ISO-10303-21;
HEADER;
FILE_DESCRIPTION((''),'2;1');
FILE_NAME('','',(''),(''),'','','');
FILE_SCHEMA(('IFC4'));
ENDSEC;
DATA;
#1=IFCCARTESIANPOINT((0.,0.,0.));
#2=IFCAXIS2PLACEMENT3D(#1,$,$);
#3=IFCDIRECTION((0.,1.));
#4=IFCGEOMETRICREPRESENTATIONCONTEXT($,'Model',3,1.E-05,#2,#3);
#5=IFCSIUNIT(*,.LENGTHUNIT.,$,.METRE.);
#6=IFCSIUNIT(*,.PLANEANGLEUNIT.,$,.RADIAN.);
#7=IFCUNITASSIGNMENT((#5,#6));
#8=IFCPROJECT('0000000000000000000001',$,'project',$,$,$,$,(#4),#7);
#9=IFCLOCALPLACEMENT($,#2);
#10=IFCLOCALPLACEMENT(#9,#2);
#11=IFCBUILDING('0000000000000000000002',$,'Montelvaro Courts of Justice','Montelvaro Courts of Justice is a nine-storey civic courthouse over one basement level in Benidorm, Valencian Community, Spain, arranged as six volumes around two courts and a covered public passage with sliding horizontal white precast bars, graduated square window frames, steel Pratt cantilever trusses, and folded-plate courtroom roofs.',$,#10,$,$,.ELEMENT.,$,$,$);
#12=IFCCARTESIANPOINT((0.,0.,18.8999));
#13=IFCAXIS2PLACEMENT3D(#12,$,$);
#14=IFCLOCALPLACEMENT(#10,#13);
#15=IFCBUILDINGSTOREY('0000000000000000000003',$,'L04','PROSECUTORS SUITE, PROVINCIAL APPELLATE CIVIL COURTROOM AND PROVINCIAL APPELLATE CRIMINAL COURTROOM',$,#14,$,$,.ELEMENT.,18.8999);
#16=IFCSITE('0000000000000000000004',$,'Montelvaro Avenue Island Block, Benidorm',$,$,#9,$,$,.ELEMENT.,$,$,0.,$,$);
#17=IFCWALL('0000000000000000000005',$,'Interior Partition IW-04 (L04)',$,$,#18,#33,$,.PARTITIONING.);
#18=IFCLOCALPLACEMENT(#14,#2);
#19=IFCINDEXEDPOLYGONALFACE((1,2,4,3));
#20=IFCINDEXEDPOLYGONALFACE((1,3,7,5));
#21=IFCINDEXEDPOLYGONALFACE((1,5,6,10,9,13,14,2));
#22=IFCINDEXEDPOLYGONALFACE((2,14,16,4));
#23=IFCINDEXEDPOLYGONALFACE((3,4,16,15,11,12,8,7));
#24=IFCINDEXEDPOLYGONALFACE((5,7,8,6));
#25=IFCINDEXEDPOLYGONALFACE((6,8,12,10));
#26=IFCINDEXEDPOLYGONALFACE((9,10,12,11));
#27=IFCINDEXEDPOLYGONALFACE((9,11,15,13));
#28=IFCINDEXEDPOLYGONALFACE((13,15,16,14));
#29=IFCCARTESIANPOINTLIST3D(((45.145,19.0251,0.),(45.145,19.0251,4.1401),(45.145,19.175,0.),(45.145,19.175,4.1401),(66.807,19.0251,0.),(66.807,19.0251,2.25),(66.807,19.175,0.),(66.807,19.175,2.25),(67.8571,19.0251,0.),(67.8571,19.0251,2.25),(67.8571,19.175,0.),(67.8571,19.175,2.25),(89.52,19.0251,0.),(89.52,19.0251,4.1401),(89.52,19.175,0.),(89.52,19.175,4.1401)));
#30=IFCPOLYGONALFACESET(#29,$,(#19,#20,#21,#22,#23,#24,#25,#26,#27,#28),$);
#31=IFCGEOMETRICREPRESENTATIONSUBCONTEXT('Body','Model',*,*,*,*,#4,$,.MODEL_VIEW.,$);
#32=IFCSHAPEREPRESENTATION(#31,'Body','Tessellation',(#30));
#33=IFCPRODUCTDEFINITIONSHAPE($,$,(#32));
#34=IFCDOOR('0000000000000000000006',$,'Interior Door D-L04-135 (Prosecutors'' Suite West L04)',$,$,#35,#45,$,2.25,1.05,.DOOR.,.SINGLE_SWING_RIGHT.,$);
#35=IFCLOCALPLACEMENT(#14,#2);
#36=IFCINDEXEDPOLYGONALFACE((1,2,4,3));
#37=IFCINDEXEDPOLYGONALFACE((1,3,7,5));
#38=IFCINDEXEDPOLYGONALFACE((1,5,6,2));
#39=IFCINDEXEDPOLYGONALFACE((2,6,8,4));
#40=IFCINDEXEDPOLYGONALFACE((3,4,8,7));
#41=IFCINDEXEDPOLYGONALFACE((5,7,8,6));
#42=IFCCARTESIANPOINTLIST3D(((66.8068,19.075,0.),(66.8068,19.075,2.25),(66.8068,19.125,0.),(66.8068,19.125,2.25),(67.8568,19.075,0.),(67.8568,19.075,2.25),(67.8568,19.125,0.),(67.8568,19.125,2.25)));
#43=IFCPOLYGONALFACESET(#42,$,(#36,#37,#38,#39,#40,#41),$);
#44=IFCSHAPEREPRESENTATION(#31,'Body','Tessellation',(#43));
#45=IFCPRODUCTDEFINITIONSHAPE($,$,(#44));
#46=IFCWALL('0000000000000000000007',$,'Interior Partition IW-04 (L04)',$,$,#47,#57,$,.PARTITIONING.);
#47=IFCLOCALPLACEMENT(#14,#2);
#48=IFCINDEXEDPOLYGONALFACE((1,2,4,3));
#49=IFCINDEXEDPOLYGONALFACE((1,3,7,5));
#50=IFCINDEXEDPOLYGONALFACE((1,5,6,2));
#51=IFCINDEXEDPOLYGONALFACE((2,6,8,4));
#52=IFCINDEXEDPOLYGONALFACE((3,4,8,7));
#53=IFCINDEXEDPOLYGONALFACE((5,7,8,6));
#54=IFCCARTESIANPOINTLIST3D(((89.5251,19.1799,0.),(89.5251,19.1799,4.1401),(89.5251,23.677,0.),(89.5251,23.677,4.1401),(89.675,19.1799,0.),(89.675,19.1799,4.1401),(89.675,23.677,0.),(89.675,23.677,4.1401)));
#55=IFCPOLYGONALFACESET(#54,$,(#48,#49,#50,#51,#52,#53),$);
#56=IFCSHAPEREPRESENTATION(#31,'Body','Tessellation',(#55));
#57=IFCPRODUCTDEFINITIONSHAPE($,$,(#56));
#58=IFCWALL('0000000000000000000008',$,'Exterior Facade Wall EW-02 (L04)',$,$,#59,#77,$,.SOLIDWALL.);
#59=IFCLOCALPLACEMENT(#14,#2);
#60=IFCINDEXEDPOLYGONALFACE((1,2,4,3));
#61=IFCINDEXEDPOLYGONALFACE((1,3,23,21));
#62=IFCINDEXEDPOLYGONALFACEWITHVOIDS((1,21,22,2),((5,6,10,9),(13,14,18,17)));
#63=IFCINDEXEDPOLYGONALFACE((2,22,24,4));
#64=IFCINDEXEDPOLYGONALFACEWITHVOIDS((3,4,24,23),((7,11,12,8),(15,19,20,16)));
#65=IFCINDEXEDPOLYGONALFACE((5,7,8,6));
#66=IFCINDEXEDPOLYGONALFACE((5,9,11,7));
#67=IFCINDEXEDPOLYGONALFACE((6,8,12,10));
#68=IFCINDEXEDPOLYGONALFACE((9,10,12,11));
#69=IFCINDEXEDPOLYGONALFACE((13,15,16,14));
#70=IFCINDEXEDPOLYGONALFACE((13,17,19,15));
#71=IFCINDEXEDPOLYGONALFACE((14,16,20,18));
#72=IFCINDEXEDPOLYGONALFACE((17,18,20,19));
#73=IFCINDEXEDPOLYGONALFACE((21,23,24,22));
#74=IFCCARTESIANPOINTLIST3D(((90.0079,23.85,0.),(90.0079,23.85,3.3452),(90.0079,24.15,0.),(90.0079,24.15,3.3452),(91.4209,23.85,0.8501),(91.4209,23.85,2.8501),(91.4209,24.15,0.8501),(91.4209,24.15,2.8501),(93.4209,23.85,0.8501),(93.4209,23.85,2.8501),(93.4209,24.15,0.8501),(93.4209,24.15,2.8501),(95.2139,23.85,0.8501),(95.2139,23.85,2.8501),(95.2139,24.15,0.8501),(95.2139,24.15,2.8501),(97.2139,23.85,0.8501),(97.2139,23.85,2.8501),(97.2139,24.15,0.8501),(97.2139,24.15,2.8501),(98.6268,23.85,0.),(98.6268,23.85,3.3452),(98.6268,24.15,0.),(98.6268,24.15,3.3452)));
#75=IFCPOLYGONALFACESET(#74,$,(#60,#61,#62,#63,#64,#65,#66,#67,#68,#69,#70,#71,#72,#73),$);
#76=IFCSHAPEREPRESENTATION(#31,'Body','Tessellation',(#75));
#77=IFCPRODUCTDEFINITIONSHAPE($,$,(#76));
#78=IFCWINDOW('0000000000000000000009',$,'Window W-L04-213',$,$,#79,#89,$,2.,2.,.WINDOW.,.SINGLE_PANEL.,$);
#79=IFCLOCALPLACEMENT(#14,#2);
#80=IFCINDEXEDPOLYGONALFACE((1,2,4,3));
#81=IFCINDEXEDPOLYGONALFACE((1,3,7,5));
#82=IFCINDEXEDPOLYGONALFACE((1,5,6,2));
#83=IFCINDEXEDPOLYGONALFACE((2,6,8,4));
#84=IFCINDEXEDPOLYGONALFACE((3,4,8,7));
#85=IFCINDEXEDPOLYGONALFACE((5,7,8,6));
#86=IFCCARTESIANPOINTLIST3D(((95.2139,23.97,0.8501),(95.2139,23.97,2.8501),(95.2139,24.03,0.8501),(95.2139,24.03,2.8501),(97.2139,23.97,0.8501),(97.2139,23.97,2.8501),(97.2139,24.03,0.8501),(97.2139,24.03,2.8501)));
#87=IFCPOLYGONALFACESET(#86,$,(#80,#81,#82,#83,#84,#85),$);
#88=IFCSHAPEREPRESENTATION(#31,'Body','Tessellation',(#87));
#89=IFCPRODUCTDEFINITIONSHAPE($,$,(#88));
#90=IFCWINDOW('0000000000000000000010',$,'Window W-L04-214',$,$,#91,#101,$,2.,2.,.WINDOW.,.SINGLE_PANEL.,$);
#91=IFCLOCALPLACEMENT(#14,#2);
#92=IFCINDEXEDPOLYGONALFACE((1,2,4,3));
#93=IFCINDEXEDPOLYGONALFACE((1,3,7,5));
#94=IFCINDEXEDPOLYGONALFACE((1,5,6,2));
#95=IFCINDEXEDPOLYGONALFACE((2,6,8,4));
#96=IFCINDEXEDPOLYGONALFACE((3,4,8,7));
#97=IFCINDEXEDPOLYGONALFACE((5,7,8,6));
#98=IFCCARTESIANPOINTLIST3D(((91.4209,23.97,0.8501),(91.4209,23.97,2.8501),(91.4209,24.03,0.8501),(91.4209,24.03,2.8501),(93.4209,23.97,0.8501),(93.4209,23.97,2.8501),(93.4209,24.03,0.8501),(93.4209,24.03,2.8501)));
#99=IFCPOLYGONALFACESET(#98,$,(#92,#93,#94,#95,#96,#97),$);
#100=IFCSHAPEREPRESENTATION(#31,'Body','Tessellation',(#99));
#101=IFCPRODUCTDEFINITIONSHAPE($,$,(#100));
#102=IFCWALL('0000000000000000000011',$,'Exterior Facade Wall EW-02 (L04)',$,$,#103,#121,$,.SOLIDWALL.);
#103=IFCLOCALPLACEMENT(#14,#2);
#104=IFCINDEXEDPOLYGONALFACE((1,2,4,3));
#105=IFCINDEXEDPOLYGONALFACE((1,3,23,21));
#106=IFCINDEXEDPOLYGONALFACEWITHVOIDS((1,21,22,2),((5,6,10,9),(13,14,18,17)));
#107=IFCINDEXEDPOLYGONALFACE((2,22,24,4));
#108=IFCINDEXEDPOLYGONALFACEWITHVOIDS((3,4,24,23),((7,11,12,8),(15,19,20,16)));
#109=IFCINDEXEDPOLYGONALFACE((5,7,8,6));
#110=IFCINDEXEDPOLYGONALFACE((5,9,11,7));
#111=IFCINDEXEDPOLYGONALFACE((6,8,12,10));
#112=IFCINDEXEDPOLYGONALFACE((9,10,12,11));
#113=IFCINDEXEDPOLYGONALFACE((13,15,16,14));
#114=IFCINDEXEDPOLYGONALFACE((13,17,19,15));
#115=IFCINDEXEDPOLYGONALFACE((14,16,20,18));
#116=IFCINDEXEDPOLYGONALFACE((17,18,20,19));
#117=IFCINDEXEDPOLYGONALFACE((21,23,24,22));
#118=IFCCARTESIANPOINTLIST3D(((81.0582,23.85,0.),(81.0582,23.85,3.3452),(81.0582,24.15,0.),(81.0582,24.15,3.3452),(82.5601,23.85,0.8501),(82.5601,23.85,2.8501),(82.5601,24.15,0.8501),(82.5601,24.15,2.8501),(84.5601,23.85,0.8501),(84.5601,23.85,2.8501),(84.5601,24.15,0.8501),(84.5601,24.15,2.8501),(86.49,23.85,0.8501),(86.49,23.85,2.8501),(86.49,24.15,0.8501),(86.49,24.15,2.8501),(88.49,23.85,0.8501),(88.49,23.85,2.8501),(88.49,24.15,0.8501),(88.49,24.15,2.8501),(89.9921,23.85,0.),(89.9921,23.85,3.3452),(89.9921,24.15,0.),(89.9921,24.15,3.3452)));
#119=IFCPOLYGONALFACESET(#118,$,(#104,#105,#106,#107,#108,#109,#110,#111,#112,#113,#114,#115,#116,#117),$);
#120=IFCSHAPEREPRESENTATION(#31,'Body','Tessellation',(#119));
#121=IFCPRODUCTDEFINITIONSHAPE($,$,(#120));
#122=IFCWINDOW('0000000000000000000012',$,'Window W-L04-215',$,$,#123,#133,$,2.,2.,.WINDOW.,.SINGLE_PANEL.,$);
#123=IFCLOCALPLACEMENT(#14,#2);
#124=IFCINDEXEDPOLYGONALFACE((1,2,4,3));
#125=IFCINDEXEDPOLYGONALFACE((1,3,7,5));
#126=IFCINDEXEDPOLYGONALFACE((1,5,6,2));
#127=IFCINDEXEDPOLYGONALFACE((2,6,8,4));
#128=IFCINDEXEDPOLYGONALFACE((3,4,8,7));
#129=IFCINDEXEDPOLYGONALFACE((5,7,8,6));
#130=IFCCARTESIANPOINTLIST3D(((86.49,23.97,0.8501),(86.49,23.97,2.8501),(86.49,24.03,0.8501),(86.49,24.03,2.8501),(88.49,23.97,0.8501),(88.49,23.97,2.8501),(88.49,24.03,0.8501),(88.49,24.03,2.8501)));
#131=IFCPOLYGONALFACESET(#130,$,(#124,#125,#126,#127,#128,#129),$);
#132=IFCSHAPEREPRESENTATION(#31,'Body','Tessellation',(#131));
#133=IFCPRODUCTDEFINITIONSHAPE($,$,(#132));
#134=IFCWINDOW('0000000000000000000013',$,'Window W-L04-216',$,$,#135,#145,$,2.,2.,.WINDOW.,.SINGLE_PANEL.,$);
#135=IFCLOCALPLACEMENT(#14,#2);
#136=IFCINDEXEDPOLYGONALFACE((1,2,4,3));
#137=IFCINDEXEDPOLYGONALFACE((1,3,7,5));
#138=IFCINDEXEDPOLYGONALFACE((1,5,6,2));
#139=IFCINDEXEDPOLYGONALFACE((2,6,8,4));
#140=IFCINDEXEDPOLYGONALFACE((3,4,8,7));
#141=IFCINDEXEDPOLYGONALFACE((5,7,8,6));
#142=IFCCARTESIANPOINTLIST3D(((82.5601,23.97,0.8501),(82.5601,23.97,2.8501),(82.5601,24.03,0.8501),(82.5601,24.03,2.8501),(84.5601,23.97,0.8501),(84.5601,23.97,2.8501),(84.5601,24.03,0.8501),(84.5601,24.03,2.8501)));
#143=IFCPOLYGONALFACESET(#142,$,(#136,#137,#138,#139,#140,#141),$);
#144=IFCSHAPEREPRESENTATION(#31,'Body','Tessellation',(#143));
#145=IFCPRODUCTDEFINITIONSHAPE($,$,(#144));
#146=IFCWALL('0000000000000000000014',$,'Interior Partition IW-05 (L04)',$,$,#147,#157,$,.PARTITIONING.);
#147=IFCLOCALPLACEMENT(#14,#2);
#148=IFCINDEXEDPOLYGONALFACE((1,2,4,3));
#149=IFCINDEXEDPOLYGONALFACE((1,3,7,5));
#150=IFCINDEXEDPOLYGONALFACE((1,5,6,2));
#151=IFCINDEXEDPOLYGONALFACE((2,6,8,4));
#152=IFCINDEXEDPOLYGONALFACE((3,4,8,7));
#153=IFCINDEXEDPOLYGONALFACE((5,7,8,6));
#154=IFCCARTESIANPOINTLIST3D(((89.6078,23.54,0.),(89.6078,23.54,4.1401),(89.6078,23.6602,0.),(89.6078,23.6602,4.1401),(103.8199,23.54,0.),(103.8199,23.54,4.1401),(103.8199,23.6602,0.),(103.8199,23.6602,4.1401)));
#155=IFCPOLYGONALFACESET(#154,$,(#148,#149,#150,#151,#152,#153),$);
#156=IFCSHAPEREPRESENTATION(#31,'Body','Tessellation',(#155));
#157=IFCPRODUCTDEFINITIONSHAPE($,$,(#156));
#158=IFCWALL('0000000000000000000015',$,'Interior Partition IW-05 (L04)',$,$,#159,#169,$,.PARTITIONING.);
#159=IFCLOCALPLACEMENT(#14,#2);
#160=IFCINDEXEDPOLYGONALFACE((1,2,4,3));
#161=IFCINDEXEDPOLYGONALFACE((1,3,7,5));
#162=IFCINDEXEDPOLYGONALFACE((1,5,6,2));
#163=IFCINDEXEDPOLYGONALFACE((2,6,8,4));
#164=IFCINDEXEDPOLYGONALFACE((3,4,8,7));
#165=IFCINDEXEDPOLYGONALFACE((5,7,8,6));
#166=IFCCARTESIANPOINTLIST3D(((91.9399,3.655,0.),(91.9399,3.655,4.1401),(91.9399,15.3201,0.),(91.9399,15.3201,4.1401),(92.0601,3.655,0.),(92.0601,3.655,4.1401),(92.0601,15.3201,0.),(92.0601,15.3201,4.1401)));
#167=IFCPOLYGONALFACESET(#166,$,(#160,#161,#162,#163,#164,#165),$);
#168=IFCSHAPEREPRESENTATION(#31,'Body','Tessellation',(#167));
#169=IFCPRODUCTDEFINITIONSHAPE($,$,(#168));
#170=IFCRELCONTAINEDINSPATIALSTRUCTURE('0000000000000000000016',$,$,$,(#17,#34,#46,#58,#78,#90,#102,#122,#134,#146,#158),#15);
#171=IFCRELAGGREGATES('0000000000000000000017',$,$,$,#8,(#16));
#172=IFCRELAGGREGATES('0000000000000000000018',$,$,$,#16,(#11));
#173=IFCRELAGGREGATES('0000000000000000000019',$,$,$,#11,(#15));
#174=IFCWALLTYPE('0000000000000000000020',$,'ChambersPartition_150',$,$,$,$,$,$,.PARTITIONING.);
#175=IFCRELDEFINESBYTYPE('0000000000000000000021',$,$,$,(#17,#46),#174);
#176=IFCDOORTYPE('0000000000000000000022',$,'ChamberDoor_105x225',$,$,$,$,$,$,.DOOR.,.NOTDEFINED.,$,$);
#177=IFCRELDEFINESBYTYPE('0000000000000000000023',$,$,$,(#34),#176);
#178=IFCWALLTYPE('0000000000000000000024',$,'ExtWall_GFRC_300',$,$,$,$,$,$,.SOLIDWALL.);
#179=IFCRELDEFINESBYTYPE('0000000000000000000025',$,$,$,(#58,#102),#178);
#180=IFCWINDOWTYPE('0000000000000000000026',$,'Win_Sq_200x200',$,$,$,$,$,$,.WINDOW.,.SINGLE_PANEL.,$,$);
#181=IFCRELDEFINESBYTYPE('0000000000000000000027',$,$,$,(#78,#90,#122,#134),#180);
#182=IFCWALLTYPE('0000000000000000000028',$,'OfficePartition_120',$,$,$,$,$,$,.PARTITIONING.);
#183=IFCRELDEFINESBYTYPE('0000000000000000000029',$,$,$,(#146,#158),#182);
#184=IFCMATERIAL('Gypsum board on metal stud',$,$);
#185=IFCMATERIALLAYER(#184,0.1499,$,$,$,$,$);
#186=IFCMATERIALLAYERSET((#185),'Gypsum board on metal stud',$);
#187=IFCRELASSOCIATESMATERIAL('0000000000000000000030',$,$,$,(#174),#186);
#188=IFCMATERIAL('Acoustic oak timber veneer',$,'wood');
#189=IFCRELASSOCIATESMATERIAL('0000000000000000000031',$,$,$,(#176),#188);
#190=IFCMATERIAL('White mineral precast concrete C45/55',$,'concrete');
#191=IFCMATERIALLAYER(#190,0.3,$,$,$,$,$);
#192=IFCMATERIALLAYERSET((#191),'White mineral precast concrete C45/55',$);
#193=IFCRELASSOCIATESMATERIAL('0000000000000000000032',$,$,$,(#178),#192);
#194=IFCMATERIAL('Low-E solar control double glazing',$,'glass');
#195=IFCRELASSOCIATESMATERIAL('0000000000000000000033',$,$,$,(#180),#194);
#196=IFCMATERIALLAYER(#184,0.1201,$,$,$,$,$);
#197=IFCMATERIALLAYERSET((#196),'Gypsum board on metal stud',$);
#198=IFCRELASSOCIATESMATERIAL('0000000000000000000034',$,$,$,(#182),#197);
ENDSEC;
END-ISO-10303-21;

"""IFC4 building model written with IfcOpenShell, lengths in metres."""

from ifc_helpers import new_model, si_unit, direction, frame, frame_2d, origin, place, context, subcontext, project, spatial, rectangle, extrude, material, layer, layer_set, type_object, element, fill, save


model = new_model("IFC4")

# Units and contexts
model_context = context("Model", 3, precision=1e-05, world=origin(), true_north=direction((0.0, 1.0)))
body_context = subcontext(model_context, "Body", "Model", "MODEL_VIEW")
ifc_project = project(units=[si_unit("LENGTHUNIT", "METRE"), si_unit("PLANEANGLEUNIT", "RADIAN")], contexts=[model_context])

# Site, building, storey
site_placement = place(None, origin())
site = spatial("IfcSite", under=ifc_project, at=site_placement, Name="Montelvaro Avenue Island Block, Benidorm", CompositionType="ELEMENT", RefElevation=0.0)
building_placement = place(site_placement, origin())
building = spatial("IfcBuilding", under=site, at=building_placement, Name="Montelvaro Courts of Justice", Description="Montelvaro Courts of Justice is a nine-storey civic courthouse over one basement level in Benidorm, Valencian Community, Spain, arranged as six volumes around two courts and a covered public passage with sliding horizontal white precast bars, graduated square window frames, steel Pratt cantilever trusses, and folded-plate courtroom roofs.", CompositionType="ELEMENT")
storey_placement = place(building_placement, frame((0.0, 0.0, 18.8999)))
storey = spatial("IfcBuildingStorey", under=building, at=storey_placement, Name="L04", Description="PROSECUTORS SUITE, PROVINCIAL APPELLATE CIVIL COURTROOM AND PROVINCIAL APPELLATE CRIMINAL COURTROOM", CompositionType="ELEMENT", Elevation=18.8999)

# Wall, opening, door
ifc_material_1 = material(Name="Gypsum board on metal stud")
ifc_layer_1 = layer(ifc_material_1, 0.1499)
ifc_layer_set_1 = layer_set([ifc_layer_1], Name="Gypsum board on metal stud")
wall_type_1 = type_object("IfcWallType", Name="ChambersPartition_150", PredefinedType="PARTITIONING", material=ifc_layer_set_1)
wall_1_placement = place(storey_placement, frame((89.52, 19.1001, 0.0), z_axis=(0.0, 0.0, 1.0), x_axis=(-1.0, 0.0, 0.0)))
wall_1 = element("IfcWall", 1, at=wall_1_placement, inside=storey, type_object=wall_type_1, Name="Interior Partition IW-04 (L04)", PredefinedType="PARTITIONING", context=body_context, shape_type="SweptSolid", body=[
    extrude(rectangle(XDim=44.375, YDim=0.1499, at=frame_2d((22.1875, 0.0))), origin(), (0.0, 0.0, 1.0), 4.1401),
])
opening_1_placement = place(wall_1_placement, frame((21.6631, 0.0, 0.0)))
opening_1 = element("IfcOpeningElement", 2, at=opening_1_placement, cuts=wall_1, PredefinedType="OPENING", context=body_context, shape_type="SweptSolid", body=[
    extrude(rectangle(XDim=1.05, YDim=2.25, at=frame_2d((0.5249, 1.125))), frame((0.0, 0.0898, 0.0), z_axis=(0.0, -1.0, 0.0), x_axis=(1.0, 0.0, 0.0)), (0.0, 0.0, 1.0), 0.1797),
])
ifc_material_2 = material(Name="Acoustic oak timber veneer", Category="wood")
door_type_1 = type_object("IfcDoorType", Name="ChamberDoor_105x225", OperationType="NOTDEFINED", PredefinedType="DOOR", material=ifc_material_2)
door_1_placement = place(opening_1_placement, frame((1.05, 0.0, 0.0), z_axis=(0.0, 0.0, 1.0), x_axis=(-1.0, 0.0, 0.0)))
door_1 = element("IfcDoor", 3, at=door_1_placement, inside=storey, type_object=door_type_1, Name="Interior Door D-L04-135 (Prosecutors' Suite West L04)", OperationType="SINGLE_SWING_RIGHT", OverallHeight=2.25, OverallWidth=1.05, PredefinedType="DOOR", context=body_context, shape_type="SweptSolid", body=[
    extrude(rectangle(XDim=1.05, YDim=2.25, at=frame_2d((0.5249, 1.125))), frame((0.0, 0.0249, 0.0), z_axis=(0.0, -1.0, 0.0), x_axis=(1.0, 0.0, 0.0)), (0.0, 0.0, 1.0), 0.05),
])
fill(opening_1, door_1)

# Wall
wall_2_placement = place(storey_placement, frame((89.6001, 23.677, 0.0), z_axis=(0.0, 0.0, 1.0), x_axis=(0.0, -1.0, 0.0)))
element("IfcWall", 4, at=wall_2_placement, inside=storey, type_object=wall_type_1, Name="Interior Partition IW-04 (L04)", PredefinedType="PARTITIONING", context=body_context, shape_type="SweptSolid", body=[
    extrude(rectangle(XDim=4.4971, YDim=0.1499, at=frame_2d((2.2485, 0.0))), origin(), (0.0, 0.0, 1.0), 4.1401),
])

# Walls, openings, windows
ifc_material_3 = material(Name="White mineral precast concrete C45/55", Category="concrete")
ifc_layer_2 = layer(ifc_material_3, 0.3)
ifc_layer_set_2 = layer_set([ifc_layer_2], Name="White mineral precast concrete C45/55")
wall_type_2 = type_object("IfcWallType", Name="ExtWall_GFRC_300", PredefinedType="SOLIDWALL", material=ifc_layer_set_2)
wall_3_placement = place(storey_placement, frame((98.627, 24.0, 0.0), z_axis=(0.0, 0.0, 1.0), x_axis=(-1.0, 0.0, 0.0)))
wall_3 = element("IfcWall", 5, at=wall_3_placement, inside=storey, type_object=wall_type_2, Name="Exterior Facade Wall EW-02 (L04)", PredefinedType="SOLIDWALL", context=body_context, shape_type="SweptSolid", body=[
    extrude(rectangle(XDim=8.6189, YDim=0.3, at=frame_2d((4.3096, 0.0))), origin(), (0.0, 0.0, 1.0), 3.3452),
])
opening_2_placement = place(wall_3_placement, frame((1.4131, 0.0, 0.8501)))
opening_2 = element("IfcOpeningElement", 6, at=opening_2_placement, cuts=wall_3, PredefinedType="OPENING", context=body_context, shape_type="SweptSolid", body=[
    extrude(rectangle(XDim=2.0, YDim=2.0, at=frame_2d((1.0, 1.0))), frame((0.0, 0.165, 0.0), z_axis=(0.0, -1.0, 0.0), x_axis=(1.0, 0.0, 0.0)), (0.0, 0.0, 1.0), 0.3298),
])
opening_3_placement = place(wall_3_placement, frame((5.2061, 0.0, 0.8501)))
opening_3 = element("IfcOpeningElement", 7, at=opening_3_placement, cuts=wall_3, PredefinedType="OPENING", context=body_context, shape_type="SweptSolid", body=[
    extrude(rectangle(XDim=2.0, YDim=2.0, at=frame_2d((1.0, 1.0))), frame((0.0, 0.165, 0.0), z_axis=(0.0, -1.0, 0.0), x_axis=(1.0, 0.0, 0.0)), (0.0, 0.0, 1.0), 0.3298),
])
ifc_material_4 = material(Name="Low-E solar control double glazing", Category="glass")
window_type = type_object("IfcWindowType", Name="Win_Sq_200x200", PartitioningType="SINGLE_PANEL", PredefinedType="WINDOW", material=ifc_material_4)
window_1_placement = place(opening_2_placement, origin())
window_1 = element("IfcWindow", 8, at=window_1_placement, inside=storey, type_object=window_type, Name="Window W-L04-213", OverallHeight=2.0, OverallWidth=2.0, PartitioningType="SINGLE_PANEL", PredefinedType="WINDOW", context=body_context, shape_type="SweptSolid", body=[
    extrude(rectangle(XDim=2.0, YDim=2.0, at=frame_2d((1.0, 1.0))), frame((0.0, 0.03, 0.0), z_axis=(0.0, -1.0, 0.0), x_axis=(1.0, 0.0, 0.0)), (0.0, 0.0, 1.0), 0.0601),
])
fill(opening_2, window_1)
window_2_placement = place(opening_3_placement, origin())
window_2 = element("IfcWindow", 9, at=window_2_placement, inside=storey, type_object=window_type, Name="Window W-L04-214", OverallHeight=2.0, OverallWidth=2.0, PartitioningType="SINGLE_PANEL", PredefinedType="WINDOW", context=body_context, shape_type="SweptSolid", body=[
    extrude(rectangle(XDim=2.0, YDim=2.0, at=frame_2d((1.0, 1.0))), frame((0.0, 0.03, 0.0), z_axis=(0.0, -1.0, 0.0), x_axis=(1.0, 0.0, 0.0)), (0.0, 0.0, 1.0), 0.0601),
])
fill(opening_3, window_2)
wall_4_placement = place(storey_placement, frame((89.9919, 24.0, 0.0), z_axis=(0.0, 0.0, 1.0), x_axis=(-1.0, 0.0, 0.0)))
wall_4 = element("IfcWall", 10, at=wall_4_placement, inside=storey, type_object=wall_type_2, Name="Exterior Facade Wall EW-02 (L04)", PredefinedType="SOLIDWALL", context=body_context, shape_type="SweptSolid", body=[
    extrude(rectangle(XDim=8.9338, YDim=0.3, at=frame_2d((4.4668, 0.0))), origin(), (0.0, 0.0, 1.0), 3.3452),
])
opening_4_placement = place(wall_4_placement, frame((1.502, 0.0, 0.8501)))
opening_4 = element("IfcOpeningElement", 11, at=opening_4_placement, cuts=wall_4, PredefinedType="OPENING", context=body_context, shape_type="SweptSolid", body=[
    extrude(rectangle(XDim=2.0, YDim=2.0, at=frame_2d((1.0, 1.0))), frame((0.0, 0.165, 0.0), z_axis=(0.0, -1.0, 0.0), x_axis=(1.0, 0.0, 0.0)), (0.0, 0.0, 1.0), 0.3298),
])
opening_5_placement = place(wall_4_placement, frame((5.4319, 0.0, 0.8501)))
opening_5 = element("IfcOpeningElement", 12, at=opening_5_placement, cuts=wall_4, PredefinedType="OPENING", context=body_context, shape_type="SweptSolid", body=[
    extrude(rectangle(XDim=2.0, YDim=2.0, at=frame_2d((1.0, 1.0))), frame((0.0, 0.165, 0.0), z_axis=(0.0, -1.0, 0.0), x_axis=(1.0, 0.0, 0.0)), (0.0, 0.0, 1.0), 0.3298),
])
window_3_placement = place(opening_4_placement, origin())
window_3 = element("IfcWindow", 13, at=window_3_placement, inside=storey, type_object=window_type, Name="Window W-L04-215", OverallHeight=2.0, OverallWidth=2.0, PartitioningType="SINGLE_PANEL", PredefinedType="WINDOW", context=body_context, shape_type="SweptSolid", body=[
    extrude(rectangle(XDim=2.0, YDim=2.0, at=frame_2d((1.0, 1.0))), frame((0.0, 0.03, 0.0), z_axis=(0.0, -1.0, 0.0), x_axis=(1.0, 0.0, 0.0)), (0.0, 0.0, 1.0), 0.0601),
])
fill(opening_4, window_3)
window_4_placement = place(opening_5_placement, origin())
window_4 = element("IfcWindow", 14, at=window_4_placement, inside=storey, type_object=window_type, Name="Window W-L04-216", OverallHeight=2.0, OverallWidth=2.0, PartitioningType="SINGLE_PANEL", PredefinedType="WINDOW", context=body_context, shape_type="SweptSolid", body=[
    extrude(rectangle(XDim=2.0, YDim=2.0, at=frame_2d((1.0, 1.0))), frame((0.0, 0.03, 0.0), z_axis=(0.0, -1.0, 0.0), x_axis=(1.0, 0.0, 0.0)), (0.0, 0.0, 1.0), 0.0601),
])
fill(opening_5, window_4)

# Walls
ifc_layer_3 = layer(ifc_material_1, 0.1201)
ifc_layer_set_3 = layer_set([ifc_layer_3], Name="Gypsum board on metal stud")
wall_type_3 = type_object("IfcWallType", Name="OfficePartition_120", PredefinedType="PARTITIONING", material=ifc_layer_set_3)
wall_5_placement = place(storey_placement, frame((89.6079, 23.6001, 0.0), z_axis=(0.0, 0.0, 1.0), x_axis=(1.0, 0.0, 0.0)))
element("IfcWall", 15, at=wall_5_placement, inside=storey, type_object=wall_type_3, Name="Interior Partition IW-05 (L04)", PredefinedType="PARTITIONING", context=body_context, shape_type="SweptSolid", body=[
    extrude(rectangle(XDim=14.2122, YDim=0.1201, at=frame_2d((7.106, 0.0))), origin(), (0.0, 0.0, 1.0), 4.1401),
])
wall_6_placement = place(storey_placement, frame((92.0, 15.3201, 0.0), z_axis=(0.0, 0.0, 1.0), x_axis=(0.0, -1.0, 0.0)))
element("IfcWall", 16, at=wall_6_placement, inside=storey, type_object=wall_type_3, Name="Interior Partition IW-05 (L04)", PredefinedType="PARTITIONING", context=body_context, shape_type="SweptSolid", body=[
    extrude(rectangle(XDim=11.665, YDim=0.1201, at=frame_2d((5.8325, 0.0))), origin(), (0.0, 0.0, 1.0), 4.1401),
])

save(model, "model.ifc")
